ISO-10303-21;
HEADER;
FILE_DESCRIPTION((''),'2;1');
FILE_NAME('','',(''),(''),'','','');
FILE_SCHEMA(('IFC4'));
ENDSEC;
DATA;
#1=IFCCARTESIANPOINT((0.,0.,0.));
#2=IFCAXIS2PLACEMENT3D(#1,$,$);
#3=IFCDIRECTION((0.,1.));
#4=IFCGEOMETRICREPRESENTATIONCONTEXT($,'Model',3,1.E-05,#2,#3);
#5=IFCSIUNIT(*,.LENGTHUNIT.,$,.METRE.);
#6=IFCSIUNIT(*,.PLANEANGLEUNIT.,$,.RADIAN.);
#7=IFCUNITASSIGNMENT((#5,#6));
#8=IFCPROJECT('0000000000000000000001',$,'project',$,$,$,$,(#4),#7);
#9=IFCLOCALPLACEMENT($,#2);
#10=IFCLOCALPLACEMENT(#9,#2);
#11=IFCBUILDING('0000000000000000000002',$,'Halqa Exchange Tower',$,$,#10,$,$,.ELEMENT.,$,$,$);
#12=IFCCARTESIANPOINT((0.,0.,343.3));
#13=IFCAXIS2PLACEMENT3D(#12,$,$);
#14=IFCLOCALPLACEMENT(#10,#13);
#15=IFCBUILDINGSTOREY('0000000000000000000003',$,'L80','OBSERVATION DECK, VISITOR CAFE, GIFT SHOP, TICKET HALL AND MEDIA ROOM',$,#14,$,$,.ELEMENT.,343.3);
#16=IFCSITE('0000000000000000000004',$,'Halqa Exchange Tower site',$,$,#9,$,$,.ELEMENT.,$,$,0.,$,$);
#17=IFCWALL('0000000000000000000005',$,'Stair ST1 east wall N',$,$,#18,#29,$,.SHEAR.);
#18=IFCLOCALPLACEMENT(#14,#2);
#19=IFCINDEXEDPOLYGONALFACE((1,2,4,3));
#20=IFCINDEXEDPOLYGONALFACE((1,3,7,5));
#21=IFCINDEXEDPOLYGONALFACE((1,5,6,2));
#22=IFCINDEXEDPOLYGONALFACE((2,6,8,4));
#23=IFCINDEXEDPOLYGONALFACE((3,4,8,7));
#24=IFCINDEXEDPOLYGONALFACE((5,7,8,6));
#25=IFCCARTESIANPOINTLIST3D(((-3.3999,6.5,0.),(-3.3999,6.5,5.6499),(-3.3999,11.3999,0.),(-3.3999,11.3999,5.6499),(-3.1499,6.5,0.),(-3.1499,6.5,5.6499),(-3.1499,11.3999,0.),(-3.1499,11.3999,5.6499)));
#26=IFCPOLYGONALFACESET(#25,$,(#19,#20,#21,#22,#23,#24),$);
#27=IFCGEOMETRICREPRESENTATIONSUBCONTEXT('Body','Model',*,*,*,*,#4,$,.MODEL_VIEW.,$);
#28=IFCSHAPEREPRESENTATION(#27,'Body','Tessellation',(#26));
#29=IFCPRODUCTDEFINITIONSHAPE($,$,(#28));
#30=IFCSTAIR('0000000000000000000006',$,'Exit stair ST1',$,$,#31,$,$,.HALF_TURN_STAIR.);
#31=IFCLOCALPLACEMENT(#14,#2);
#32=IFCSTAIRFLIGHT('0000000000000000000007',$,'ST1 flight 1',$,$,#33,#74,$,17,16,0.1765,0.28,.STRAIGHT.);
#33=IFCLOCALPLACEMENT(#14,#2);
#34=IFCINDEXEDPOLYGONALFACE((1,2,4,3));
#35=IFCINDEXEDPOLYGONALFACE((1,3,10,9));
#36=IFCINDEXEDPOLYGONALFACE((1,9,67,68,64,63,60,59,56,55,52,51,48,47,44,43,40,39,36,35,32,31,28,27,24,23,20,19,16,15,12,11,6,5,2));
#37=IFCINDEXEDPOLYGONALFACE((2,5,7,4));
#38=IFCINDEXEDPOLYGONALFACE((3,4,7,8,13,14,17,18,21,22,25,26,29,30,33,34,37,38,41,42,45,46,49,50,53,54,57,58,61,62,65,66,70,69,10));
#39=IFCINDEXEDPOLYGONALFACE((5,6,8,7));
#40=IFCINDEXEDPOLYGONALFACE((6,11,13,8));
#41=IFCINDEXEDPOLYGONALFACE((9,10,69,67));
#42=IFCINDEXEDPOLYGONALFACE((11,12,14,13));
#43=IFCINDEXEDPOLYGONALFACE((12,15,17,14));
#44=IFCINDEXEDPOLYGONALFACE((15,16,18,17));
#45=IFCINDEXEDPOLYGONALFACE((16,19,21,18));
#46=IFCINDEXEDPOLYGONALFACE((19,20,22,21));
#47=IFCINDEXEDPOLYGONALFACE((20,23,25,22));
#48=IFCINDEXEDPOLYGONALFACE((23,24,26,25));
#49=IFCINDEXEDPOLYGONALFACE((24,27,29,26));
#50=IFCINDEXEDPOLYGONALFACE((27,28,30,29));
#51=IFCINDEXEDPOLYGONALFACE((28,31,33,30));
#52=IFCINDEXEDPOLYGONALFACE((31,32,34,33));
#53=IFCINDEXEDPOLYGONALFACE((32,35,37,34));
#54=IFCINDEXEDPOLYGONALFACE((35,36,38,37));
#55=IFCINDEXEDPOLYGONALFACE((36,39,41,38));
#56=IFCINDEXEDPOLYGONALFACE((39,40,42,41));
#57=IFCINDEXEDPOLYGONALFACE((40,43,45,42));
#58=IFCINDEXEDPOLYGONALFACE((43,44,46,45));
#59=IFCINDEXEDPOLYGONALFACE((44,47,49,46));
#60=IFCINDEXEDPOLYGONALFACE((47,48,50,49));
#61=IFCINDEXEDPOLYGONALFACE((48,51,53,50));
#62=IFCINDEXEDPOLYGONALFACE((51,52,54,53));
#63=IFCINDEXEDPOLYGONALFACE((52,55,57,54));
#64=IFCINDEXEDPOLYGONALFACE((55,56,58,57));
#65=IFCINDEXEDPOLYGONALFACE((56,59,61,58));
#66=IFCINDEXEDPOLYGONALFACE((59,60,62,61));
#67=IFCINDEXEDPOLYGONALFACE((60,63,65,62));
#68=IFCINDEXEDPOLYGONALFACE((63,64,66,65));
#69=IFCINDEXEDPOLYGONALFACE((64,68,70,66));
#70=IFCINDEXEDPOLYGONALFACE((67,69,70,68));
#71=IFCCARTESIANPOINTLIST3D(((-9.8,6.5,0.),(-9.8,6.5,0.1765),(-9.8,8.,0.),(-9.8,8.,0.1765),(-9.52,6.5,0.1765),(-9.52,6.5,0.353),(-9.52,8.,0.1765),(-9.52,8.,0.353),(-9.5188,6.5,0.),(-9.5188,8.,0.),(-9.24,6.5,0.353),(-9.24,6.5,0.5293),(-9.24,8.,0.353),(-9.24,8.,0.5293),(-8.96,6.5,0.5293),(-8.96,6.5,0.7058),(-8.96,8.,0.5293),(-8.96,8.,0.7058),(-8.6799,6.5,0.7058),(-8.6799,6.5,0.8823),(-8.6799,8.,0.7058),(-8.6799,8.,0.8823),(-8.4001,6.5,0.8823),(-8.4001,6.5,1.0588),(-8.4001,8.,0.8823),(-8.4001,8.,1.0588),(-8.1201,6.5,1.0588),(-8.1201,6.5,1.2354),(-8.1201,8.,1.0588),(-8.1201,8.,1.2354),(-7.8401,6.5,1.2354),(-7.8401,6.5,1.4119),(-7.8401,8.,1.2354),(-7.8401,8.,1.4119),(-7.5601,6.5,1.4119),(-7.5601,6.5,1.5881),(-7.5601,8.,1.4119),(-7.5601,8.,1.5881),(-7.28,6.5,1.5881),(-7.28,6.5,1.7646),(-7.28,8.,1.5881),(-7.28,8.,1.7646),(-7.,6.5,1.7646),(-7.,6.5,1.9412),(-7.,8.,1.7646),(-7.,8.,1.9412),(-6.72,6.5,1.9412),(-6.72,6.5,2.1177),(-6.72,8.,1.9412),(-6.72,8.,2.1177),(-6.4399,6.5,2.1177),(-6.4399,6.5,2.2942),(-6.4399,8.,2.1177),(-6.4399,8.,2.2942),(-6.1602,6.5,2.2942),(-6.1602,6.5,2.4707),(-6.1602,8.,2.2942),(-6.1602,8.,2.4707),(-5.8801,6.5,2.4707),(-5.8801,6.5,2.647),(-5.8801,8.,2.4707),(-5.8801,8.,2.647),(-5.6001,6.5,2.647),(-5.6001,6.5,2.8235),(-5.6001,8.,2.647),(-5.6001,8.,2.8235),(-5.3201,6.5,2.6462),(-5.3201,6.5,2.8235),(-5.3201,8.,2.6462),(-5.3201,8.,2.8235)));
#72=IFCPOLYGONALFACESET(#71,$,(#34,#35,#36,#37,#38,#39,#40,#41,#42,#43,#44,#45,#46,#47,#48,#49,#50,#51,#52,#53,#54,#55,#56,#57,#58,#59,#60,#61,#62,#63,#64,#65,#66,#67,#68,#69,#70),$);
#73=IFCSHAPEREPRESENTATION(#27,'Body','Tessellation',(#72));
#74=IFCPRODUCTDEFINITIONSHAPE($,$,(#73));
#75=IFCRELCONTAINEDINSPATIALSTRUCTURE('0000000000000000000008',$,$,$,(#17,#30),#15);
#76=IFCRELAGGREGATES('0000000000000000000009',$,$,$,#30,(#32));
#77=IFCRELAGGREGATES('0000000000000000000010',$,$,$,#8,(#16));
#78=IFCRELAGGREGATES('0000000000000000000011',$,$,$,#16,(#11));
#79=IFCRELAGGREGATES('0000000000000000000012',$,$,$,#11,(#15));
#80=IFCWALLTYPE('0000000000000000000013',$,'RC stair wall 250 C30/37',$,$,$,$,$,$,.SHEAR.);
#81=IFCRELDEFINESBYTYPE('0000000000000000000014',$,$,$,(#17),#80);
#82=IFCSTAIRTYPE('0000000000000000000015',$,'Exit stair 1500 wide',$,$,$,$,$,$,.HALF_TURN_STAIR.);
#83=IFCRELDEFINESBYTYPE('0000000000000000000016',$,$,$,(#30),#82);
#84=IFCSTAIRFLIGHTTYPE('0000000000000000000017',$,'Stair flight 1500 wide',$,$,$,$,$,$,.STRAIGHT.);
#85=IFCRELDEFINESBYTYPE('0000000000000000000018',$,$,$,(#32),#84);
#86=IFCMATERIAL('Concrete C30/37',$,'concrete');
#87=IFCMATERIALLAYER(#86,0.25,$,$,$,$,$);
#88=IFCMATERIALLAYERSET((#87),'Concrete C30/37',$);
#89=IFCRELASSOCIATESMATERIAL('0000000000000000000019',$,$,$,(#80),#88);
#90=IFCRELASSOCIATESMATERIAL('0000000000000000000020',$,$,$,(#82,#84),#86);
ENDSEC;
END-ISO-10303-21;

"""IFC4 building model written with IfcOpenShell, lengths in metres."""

from ifc_helpers import new_model, si_unit, direction, frame, frame_2d, origin, place, context, subcontext, project, spatial, polyline, rectangle, outline, extrude, material, layer, layer_set, type_object, element, aggregate, save


model = new_model("IFC4")

# Units and contexts
model_context = context("Model", 3, precision=1e-05, world=origin(), true_north=direction((0.0, 1.0)))
body_context = subcontext(model_context, "Body", "Model", "MODEL_VIEW")
ifc_project = project(units=[si_unit("LENGTHUNIT", "METRE"), si_unit("PLANEANGLEUNIT", "RADIAN")], contexts=[model_context])

# Site, building, storey
site_placement = place(None, origin())
site = spatial("IfcSite", under=ifc_project, at=site_placement, Name="Halqa Exchange Tower site", CompositionType="ELEMENT", RefElevation=0.0)
building_placement = place(site_placement, origin())
building = spatial("IfcBuilding", under=site, at=building_placement, Name="Halqa Exchange Tower", CompositionType="ELEMENT")
storey_placement = place(building_placement, frame((0.0, 0.0, 343.3)))
storey = spatial("IfcBuildingStorey", under=building, at=storey_placement, Name="L80", Description="OBSERVATION DECK, VISITOR CAFE, GIFT SHOP, TICKET HALL AND MEDIA ROOM", CompositionType="ELEMENT", Elevation=343.3)

# Wall
ifc_material_1 = material(Name="Concrete C30/37", Category="concrete")
ifc_layer_1 = layer(ifc_material_1, 0.25)
ifc_layer_set_1 = layer_set([ifc_layer_1], Name="Concrete C30/37")
wall_type_1 = type_object("IfcWallType", Name="RC stair wall 250 C30/37", PredefinedType="SHEAR", material=ifc_layer_set_1)
wall_1_placement = place(storey_placement, frame((-3.2749, 6.5, 0.0), z_axis=(0.0, 0.0, 1.0), x_axis=(0.0, 1.0, 0.0)))
element("IfcWall", 1, at=wall_1_placement, inside=storey, type_object=wall_type_1, Name="Stair ST1 east wall N", PredefinedType="SHEAR", context=body_context, shape_type="SweptSolid", body=[
    extrude(rectangle(XDim=4.8999, YDim=0.25, at=frame_2d((2.45, 0.0))), origin(), (0.0, 0.0, 1.0), 5.6499),
])

# Stair, stair flight
stair_type = type_object("IfcStairType", Name="Exit stair 1500 wide", PredefinedType="HALF_TURN_STAIR", material=ifc_material_1)
stair_placement = place(storey_placement, origin())
stair = element("IfcStair", 2, at=stair_placement, inside=storey, type_object=stair_type, Name="Exit stair ST1", PredefinedType="HALF_TURN_STAIR")
stair_flight_type = type_object("IfcStairFlightType", Name="Stair flight 1500 wide", PredefinedType="STRAIGHT", material=ifc_material_1)
stair_flight_placement = place(storey_placement, frame((-9.8, 7.25, 0.0), z_axis=(0.0, 0.0, 1.0), x_axis=(1.0, 0.0, 0.0)))
stair_flight = element("IfcStairFlight", 3, at=stair_flight_placement, type_object=stair_flight_type, Name="ST1 flight 1", NumberOfRisers=17, NumberOfTreads=16, PredefinedType="STRAIGHT", RiserHeight=0.1765, TreadLength=0.28, context=body_context, shape_type="SweptSolid", body=[
    extrude(outline(polyline([(0.0, 0.0), (0.0, 0.1765), (0.28, 0.1765), (0.28, 0.353), (0.5601, 0.353), (0.5601, 0.5293), (0.8401, 0.5293), (0.8401, 0.7058), (1.1201, 0.7058), (1.1201, 0.8823), (1.3999, 0.8823), (1.3999, 1.0588), (1.6799, 1.0588), (1.6799, 1.2354), (1.96, 1.2354), (1.96, 1.4119), (2.24, 1.4119), (2.24, 1.5881), (2.52, 1.5881), (2.52, 1.7646), (2.8, 1.7646), (2.8, 1.9412), (3.0801, 1.9412), (3.0801, 2.1177), (3.3601, 2.1177), (3.3601, 2.2942), (3.6399, 2.2942), (3.6399, 2.4707), (3.9199, 2.4707), (3.9199, 2.647), (4.2, 2.647), (4.2, 2.8235), (4.48, 2.8235), (4.48, 3.0), (4.48, 2.6462), (0.2812, 0.0), (0.0, 0.0)])), frame((0.0, 0.75, 0.0), z_axis=(0.0, -1.0, 0.0), x_axis=(1.0, 0.0, 0.0)), (0.0, 0.0, 1.0), 1.5),
])
aggregate(stair, [stair_flight])

save(model, "model.ifc")
